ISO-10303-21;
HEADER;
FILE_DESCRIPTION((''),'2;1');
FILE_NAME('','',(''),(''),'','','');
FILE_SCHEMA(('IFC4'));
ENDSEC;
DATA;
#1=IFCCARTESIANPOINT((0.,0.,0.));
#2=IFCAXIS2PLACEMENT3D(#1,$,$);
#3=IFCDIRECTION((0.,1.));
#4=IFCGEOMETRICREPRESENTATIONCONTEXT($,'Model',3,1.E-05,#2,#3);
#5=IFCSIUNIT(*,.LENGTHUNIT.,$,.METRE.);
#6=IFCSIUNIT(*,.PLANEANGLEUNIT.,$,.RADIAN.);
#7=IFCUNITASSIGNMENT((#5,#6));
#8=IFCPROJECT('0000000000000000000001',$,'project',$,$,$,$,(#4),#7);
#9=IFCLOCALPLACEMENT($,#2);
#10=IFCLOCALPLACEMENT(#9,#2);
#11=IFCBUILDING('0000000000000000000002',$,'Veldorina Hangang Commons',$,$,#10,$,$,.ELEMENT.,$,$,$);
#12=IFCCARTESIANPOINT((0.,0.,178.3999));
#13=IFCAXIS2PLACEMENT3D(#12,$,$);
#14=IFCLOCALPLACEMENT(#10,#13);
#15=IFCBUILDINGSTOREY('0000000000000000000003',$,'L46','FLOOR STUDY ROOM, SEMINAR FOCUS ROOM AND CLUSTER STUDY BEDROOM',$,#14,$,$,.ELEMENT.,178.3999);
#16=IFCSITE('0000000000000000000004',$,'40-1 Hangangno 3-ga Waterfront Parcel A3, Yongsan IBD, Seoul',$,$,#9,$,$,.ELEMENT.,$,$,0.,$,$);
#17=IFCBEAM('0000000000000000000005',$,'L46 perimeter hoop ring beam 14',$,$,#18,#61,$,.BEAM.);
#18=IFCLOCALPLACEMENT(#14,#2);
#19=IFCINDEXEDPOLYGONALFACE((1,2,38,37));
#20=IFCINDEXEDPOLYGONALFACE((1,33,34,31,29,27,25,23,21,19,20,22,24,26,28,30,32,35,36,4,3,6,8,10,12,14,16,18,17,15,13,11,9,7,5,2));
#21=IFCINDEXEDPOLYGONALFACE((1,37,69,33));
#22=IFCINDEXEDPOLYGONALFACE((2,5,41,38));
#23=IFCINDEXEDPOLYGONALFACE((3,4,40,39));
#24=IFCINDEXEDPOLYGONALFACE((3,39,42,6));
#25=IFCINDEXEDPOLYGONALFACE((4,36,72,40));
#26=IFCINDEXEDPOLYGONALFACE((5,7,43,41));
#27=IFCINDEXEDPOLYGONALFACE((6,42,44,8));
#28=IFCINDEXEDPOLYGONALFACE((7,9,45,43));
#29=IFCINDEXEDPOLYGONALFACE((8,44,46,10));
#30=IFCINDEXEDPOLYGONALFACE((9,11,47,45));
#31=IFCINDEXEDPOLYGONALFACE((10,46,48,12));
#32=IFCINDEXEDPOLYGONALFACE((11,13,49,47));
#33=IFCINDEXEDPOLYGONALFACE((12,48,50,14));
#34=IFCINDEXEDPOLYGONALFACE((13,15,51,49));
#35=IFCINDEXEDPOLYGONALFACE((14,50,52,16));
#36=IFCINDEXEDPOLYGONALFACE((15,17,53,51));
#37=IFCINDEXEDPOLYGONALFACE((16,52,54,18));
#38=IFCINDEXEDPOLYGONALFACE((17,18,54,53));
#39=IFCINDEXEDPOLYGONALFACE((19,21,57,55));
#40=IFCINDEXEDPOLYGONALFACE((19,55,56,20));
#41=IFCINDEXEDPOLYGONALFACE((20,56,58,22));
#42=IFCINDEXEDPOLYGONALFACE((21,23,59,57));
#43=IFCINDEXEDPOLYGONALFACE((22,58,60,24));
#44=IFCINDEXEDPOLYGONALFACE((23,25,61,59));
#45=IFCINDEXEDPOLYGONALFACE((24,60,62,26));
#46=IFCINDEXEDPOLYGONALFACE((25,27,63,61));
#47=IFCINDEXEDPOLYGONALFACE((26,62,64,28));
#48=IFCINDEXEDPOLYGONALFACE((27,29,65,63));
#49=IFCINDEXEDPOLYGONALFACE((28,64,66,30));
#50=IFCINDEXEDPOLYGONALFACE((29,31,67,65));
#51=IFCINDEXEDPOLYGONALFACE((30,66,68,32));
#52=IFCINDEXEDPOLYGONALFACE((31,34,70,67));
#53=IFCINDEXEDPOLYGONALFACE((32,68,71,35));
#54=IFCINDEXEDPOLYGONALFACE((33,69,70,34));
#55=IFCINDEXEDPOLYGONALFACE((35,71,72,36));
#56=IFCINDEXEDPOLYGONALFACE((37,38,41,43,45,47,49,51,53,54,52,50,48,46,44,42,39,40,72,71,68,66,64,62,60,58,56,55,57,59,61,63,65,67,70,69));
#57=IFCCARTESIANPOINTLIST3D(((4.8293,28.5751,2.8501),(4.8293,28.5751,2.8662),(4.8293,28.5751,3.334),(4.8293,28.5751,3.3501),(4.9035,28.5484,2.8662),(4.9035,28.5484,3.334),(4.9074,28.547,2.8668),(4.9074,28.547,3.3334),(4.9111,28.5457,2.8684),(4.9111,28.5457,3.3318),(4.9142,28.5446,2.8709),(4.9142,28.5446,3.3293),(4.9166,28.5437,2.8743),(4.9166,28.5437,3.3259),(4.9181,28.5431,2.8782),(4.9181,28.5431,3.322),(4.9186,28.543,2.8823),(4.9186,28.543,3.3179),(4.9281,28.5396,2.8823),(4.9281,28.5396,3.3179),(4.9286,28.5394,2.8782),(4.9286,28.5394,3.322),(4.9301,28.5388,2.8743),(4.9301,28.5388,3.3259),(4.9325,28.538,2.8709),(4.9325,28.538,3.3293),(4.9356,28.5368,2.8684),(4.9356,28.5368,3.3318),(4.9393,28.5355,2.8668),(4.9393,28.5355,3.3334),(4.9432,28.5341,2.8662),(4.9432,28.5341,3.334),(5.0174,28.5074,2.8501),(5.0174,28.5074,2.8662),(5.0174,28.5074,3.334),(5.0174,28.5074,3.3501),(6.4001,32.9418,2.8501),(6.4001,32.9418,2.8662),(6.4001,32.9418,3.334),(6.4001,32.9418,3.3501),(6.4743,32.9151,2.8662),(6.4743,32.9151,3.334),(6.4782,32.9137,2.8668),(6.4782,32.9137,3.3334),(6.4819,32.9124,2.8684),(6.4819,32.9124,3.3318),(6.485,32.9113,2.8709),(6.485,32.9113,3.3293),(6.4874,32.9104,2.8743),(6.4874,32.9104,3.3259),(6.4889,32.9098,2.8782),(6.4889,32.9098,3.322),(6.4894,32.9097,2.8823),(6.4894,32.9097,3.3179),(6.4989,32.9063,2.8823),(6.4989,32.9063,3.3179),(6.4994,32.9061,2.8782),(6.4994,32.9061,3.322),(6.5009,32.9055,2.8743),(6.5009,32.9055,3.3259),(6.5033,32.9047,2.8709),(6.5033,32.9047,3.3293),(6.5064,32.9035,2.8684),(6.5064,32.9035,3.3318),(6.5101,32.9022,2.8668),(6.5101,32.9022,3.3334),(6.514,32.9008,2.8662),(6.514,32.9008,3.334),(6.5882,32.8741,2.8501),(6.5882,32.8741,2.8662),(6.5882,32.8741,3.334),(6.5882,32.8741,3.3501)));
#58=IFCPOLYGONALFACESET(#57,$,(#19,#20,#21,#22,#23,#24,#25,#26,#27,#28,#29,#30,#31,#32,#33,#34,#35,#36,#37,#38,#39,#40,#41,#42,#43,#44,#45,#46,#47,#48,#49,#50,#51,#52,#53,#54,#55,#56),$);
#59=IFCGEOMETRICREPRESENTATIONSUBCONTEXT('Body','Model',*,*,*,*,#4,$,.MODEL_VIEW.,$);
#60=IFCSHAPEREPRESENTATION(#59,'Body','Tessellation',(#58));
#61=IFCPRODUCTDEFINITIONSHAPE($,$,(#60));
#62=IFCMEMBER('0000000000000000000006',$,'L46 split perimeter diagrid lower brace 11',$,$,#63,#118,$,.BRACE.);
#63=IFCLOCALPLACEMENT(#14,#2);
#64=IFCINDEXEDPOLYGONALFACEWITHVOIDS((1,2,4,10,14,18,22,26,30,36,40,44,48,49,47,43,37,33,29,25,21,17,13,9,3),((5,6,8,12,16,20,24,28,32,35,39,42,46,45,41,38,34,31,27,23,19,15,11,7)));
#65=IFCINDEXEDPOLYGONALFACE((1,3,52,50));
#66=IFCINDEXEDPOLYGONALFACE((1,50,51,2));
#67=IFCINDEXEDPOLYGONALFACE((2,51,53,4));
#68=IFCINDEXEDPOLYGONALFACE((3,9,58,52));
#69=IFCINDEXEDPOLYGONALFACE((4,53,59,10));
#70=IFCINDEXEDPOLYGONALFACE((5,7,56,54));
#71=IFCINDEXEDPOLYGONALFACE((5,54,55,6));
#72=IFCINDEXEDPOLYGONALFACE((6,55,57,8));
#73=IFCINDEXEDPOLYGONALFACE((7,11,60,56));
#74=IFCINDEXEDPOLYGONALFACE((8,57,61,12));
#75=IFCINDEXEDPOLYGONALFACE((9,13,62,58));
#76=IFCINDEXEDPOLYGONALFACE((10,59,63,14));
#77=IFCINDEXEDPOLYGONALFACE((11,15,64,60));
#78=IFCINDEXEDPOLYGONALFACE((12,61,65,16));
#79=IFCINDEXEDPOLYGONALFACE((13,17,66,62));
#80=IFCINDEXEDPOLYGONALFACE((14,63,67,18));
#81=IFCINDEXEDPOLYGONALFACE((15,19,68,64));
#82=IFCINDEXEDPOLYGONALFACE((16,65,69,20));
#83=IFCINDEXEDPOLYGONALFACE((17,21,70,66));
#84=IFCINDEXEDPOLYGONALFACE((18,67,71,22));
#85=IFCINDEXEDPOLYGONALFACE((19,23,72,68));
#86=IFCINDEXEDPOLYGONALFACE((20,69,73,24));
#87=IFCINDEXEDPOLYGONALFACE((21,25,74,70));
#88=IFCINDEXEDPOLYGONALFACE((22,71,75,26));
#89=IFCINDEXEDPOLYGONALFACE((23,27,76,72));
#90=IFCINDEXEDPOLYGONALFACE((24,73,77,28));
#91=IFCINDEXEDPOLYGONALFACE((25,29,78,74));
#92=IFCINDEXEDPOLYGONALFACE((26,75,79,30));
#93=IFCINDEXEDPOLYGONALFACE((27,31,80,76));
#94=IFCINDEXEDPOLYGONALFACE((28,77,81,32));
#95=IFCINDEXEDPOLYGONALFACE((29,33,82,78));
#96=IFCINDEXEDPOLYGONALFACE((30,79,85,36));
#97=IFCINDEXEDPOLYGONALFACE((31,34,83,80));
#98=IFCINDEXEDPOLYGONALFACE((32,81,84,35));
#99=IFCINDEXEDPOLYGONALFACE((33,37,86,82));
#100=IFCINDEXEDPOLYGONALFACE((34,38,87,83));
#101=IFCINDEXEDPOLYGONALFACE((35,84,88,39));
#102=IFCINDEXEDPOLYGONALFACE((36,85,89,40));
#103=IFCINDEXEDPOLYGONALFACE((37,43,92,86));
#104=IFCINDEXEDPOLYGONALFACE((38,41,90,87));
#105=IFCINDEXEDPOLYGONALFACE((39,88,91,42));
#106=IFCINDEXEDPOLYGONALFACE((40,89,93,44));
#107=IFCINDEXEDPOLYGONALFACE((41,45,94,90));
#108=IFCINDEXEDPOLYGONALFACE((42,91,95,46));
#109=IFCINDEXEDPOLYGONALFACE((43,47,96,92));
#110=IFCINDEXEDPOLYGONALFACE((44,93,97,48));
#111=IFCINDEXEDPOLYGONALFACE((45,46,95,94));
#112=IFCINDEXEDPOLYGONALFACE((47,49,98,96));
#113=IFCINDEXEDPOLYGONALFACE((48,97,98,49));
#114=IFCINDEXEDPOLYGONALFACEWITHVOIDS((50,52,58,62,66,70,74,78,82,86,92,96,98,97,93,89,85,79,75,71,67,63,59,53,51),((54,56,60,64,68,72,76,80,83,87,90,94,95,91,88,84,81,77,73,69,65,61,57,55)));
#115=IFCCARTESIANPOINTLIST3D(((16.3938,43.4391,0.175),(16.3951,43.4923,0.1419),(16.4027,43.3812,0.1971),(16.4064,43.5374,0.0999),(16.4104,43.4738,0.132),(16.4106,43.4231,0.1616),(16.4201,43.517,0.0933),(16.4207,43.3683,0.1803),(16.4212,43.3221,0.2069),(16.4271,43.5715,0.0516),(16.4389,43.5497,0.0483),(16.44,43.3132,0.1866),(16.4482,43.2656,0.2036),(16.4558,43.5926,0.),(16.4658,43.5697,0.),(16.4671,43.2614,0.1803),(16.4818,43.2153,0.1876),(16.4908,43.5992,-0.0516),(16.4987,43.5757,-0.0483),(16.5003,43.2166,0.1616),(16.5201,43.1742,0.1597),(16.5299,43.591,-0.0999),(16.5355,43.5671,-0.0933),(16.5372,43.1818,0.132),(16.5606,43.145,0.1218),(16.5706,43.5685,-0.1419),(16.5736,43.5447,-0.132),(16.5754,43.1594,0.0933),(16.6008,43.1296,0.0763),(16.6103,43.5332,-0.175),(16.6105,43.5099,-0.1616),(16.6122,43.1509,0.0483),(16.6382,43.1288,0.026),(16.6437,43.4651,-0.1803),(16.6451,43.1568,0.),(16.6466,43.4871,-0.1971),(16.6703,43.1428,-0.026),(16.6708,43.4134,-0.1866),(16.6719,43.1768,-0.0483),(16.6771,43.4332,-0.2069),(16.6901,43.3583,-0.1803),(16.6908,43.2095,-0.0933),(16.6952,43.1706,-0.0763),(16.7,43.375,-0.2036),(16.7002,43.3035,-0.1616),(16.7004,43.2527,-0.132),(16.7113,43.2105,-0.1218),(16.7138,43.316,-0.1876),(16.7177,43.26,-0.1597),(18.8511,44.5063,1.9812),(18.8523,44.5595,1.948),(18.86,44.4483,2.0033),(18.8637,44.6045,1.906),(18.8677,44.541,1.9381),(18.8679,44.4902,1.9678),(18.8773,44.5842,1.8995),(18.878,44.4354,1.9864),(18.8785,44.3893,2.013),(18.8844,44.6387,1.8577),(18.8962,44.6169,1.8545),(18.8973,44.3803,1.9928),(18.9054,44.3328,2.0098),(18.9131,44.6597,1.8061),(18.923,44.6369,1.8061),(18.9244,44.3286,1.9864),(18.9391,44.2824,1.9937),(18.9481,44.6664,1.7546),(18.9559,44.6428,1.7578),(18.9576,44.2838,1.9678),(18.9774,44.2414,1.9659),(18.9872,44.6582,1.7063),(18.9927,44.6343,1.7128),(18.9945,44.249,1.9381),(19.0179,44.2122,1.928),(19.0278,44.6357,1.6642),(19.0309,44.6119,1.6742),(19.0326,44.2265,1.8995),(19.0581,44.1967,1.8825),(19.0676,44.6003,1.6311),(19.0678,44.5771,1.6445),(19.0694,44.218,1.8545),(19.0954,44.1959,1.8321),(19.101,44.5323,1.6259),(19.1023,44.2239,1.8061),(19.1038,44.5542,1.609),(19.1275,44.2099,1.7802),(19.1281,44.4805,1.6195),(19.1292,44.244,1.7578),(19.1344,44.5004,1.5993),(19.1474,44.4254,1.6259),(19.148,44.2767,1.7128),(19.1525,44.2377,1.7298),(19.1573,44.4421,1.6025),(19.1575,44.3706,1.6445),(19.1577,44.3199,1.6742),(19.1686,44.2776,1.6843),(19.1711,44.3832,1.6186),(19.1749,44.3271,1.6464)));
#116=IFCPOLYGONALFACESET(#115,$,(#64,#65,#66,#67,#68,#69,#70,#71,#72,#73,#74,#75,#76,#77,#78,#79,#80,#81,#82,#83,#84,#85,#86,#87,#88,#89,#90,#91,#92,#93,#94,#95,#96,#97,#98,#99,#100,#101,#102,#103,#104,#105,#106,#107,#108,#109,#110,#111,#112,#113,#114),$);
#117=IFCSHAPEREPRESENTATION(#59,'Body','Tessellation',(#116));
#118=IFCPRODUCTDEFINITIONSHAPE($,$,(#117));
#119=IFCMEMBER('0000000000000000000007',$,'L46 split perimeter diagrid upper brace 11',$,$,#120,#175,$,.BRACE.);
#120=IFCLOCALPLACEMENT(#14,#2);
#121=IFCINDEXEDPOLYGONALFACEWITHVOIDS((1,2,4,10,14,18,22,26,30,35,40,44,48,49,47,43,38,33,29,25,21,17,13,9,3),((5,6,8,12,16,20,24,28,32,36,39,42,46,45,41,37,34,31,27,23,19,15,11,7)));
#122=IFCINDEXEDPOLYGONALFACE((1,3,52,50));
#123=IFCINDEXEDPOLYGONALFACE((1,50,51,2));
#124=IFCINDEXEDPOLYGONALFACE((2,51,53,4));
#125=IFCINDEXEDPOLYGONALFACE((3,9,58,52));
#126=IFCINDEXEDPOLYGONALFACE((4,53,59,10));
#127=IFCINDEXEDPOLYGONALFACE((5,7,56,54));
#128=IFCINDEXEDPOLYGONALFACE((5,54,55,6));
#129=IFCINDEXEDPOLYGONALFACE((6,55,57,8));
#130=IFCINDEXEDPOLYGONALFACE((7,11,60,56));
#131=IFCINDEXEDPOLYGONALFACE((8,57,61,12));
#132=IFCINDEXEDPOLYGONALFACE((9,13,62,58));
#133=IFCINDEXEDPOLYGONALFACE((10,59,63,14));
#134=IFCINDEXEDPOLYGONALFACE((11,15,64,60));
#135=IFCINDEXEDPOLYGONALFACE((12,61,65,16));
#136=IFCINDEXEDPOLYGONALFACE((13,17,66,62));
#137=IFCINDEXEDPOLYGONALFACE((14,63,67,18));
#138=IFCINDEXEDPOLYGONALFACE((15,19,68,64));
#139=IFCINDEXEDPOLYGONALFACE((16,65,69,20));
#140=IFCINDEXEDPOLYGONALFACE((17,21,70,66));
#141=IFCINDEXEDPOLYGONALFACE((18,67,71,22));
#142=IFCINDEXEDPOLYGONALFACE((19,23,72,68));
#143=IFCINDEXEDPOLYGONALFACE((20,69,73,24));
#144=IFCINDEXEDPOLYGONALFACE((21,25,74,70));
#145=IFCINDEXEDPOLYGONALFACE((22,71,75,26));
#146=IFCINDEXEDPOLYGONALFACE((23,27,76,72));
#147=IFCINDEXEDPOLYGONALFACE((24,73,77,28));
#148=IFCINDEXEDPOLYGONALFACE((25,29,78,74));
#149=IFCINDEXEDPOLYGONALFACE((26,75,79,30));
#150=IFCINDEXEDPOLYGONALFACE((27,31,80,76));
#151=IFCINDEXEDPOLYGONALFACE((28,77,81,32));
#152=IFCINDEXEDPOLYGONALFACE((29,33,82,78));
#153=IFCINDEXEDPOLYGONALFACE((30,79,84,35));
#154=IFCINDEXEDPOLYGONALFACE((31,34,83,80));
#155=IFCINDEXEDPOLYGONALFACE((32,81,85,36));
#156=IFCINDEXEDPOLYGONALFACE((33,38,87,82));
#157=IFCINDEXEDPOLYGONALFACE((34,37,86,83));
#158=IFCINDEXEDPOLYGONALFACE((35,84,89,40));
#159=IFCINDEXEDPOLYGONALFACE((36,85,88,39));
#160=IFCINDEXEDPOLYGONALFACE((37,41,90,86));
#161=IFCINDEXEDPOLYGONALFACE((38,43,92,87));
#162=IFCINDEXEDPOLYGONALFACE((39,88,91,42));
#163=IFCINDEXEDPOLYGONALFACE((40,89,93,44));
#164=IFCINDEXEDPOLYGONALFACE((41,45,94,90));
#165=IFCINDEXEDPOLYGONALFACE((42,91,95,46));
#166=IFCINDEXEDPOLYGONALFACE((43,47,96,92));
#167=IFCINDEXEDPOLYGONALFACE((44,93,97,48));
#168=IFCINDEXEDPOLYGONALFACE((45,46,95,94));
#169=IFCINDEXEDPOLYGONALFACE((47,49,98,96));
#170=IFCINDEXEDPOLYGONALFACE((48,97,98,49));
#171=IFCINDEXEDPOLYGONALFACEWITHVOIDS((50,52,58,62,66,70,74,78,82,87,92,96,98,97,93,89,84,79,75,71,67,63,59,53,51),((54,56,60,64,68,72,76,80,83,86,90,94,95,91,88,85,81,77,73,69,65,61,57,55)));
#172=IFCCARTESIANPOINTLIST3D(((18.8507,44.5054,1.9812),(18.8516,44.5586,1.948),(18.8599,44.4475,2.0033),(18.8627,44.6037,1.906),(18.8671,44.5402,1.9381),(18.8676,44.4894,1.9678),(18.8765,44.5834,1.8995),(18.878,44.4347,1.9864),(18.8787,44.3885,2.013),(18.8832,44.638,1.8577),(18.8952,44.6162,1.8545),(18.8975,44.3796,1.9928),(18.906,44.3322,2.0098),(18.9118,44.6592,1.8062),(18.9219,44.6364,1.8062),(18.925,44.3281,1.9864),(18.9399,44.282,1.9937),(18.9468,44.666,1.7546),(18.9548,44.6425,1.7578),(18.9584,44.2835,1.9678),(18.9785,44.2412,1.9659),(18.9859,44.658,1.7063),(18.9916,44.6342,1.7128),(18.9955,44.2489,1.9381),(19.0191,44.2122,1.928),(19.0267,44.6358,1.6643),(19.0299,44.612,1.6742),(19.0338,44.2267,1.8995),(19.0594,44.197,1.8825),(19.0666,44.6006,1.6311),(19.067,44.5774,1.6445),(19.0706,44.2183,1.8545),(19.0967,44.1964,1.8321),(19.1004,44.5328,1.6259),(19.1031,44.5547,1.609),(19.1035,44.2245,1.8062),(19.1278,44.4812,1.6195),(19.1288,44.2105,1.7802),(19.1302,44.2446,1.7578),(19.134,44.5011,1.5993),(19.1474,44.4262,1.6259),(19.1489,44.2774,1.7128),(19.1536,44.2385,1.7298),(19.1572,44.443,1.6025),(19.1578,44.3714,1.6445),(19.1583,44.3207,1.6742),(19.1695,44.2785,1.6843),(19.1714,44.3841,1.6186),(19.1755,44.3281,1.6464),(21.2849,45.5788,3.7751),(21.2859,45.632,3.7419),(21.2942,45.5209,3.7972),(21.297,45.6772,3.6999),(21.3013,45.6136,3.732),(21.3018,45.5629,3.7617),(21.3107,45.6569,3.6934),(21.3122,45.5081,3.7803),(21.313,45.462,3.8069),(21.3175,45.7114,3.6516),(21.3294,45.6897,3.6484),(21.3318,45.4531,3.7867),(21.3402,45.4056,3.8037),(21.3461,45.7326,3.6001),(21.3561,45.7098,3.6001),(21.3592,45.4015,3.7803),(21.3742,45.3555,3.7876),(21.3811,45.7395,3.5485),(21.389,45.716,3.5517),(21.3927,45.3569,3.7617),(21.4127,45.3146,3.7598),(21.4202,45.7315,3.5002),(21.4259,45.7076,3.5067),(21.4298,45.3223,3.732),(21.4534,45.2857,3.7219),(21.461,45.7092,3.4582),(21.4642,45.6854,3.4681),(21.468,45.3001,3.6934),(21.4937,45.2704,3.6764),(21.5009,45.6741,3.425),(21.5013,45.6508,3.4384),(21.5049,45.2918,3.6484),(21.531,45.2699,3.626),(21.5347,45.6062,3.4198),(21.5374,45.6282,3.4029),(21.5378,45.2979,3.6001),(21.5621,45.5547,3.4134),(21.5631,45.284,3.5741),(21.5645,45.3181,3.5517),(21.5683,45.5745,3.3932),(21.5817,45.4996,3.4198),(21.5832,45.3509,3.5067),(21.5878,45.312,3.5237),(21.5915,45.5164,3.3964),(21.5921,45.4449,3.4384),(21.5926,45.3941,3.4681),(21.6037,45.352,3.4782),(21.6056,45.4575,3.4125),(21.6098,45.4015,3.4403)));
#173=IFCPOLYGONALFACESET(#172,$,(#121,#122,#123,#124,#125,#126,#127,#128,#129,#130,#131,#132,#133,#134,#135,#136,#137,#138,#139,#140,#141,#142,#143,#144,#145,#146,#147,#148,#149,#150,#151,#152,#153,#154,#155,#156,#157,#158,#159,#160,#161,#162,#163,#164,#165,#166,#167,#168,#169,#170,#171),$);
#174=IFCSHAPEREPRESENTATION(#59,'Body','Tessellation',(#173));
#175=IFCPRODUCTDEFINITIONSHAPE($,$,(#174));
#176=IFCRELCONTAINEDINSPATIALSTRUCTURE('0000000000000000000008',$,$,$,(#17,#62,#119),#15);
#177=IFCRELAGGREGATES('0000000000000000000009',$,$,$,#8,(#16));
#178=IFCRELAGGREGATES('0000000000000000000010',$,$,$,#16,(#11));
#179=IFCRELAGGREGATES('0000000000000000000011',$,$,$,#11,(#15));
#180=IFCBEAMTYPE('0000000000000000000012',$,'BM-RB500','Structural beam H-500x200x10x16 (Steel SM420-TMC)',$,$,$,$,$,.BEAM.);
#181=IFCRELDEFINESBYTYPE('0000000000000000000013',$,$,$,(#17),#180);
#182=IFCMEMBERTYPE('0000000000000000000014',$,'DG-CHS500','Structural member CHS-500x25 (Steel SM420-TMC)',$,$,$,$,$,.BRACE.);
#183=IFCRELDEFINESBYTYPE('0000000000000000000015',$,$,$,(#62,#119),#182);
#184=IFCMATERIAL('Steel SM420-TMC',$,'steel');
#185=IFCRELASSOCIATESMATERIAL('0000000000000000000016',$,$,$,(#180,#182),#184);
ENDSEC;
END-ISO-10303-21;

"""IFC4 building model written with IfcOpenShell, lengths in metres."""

from ifc_helpers import new_model, si_unit, direction, frame, origin, origin_2d, place, context, subcontext, project, spatial, hollow_circle, i_section, extrude, material, material_profile, profile_set, type_object, element, save


model = new_model("IFC4")

# Units and contexts
model_context = context("Model", 3, precision=1e-05, world=origin(), true_north=direction((0.0, 1.0)))
body_context = subcontext(model_context, "Body", "Model", "MODEL_VIEW")
ifc_project = project(units=[si_unit("LENGTHUNIT", "METRE"), si_unit("PLANEANGLEUNIT", "RADIAN")], contexts=[model_context])

# Site, building, storey
site_placement = place(None, origin())
site = spatial("IfcSite", under=ifc_project, at=site_placement, Name="40-1 Hangangno 3-ga Waterfront Parcel A3, Yongsan IBD, Seoul", CompositionType="ELEMENT", RefElevation=0.0)
building_placement = place(site_placement, origin())
building = spatial("IfcBuilding", under=site, at=building_placement, Name="Veldorina Hangang Commons", CompositionType="ELEMENT")
storey_placement = place(building_placement, frame((0.0, 0.0, 178.3999)))
storey = spatial("IfcBuildingStorey", under=building, at=storey_placement, Name="L46", Description="FLOOR STUDY ROOM, SEMINAR FOCUS ROOM AND CLUSTER STUDY BEDROOM", CompositionType="ELEMENT", Elevation=178.3999)

# Beam
ifc_material_1 = material(Name="Steel SM420-TMC", Category="steel")
ifc_material_profile_1 = material_profile(ifc_material_1, i_section(OverallWidth=0.2, OverallDepth=0.5, WebThickness=0.01, FlangeThickness=0.0161, FilletRadius=0.0161, at=origin_2d()), Name="H-500x200x10x16")
ifc_profile_set_1 = profile_set([ifc_material_profile_1], Name="Steel SM420-TMC")
beam_type_1 = type_object("IfcBeamType", Name="BM-RB500", Description="Structural beam H-500x200x10x16 (Steel SM420-TMC)", PredefinedType="BEAM", material=ifc_profile_set_1)
beam_1_placement = place(storey_placement, frame((6.4941, 32.908, 3.1001), z_axis=(-0.338488, -0.940971, 0.0), x_axis=(0.940971, -0.338488, 0.0)))
element("IfcBeam", 1, at=beam_1_placement, inside=storey, type_object=beam_type_1, Name="L46 perimeter hoop ring beam 14", PredefinedType="BEAM", context=body_context, shape_type="SweptSolid", body=[
    extrude(i_section(OverallWidth=0.2, OverallDepth=0.5, WebThickness=0.01, FlangeThickness=0.0161, FilletRadius=0.0161, at=origin_2d()), origin(), (0.0, 0.0, 1.0), 4.6406),
])

# Members
ifc_material_profile_2 = material_profile(ifc_material_1, hollow_circle(Radius=0.25, WallThickness=0.0249, at=origin_2d()), Name="CHS-500x25")
ifc_profile_set_2 = profile_set([ifc_material_profile_2], Name="Steel SM420-TMC")
member_type = type_object("IfcMemberType", Name="DG-CHS500", Description="Structural member CHS-500x25 (Steel SM420-TMC)", PredefinedType="BRACE", material=ifc_profile_set_2)
member_1_placement = place(storey_placement, frame((16.5554, 43.3633, 0.0), z_axis=(0.760538, 0.330284, 0.559012), x_axis=(-0.398336, 0.917239, 0.0)))
element("IfcMember", 2, at=member_1_placement, inside=storey, type_object=member_type, Name="L46 split perimeter diagrid lower brace 11", PredefinedType="BRACE", context=body_context, shape_type="SweptSolid", body=[
    extrude(hollow_circle(Radius=0.25, WallThickness=0.0249, at=origin_2d()), origin(), (0.0, 0.0, 1.0), 3.231),
])
member_2_placement = place(storey_placement, frame((19.0127, 44.4304, 1.8062), z_axis=(0.758635, 0.334542, 0.559066), x_axis=(-0.403489, 0.914985, 0.0)))
element("IfcMember", 3, at=member_2_placement, inside=storey, type_object=member_type, Name="L46 split perimeter diagrid upper brace 11", PredefinedType="BRACE", context=body_context, shape_type="SweptSolid", body=[
    extrude(hollow_circle(Radius=0.25, WallThickness=0.0249, at=origin_2d()), origin(), (0.0, 0.0, 1.0), 3.2087),
])

save(model, "model.ifc")
